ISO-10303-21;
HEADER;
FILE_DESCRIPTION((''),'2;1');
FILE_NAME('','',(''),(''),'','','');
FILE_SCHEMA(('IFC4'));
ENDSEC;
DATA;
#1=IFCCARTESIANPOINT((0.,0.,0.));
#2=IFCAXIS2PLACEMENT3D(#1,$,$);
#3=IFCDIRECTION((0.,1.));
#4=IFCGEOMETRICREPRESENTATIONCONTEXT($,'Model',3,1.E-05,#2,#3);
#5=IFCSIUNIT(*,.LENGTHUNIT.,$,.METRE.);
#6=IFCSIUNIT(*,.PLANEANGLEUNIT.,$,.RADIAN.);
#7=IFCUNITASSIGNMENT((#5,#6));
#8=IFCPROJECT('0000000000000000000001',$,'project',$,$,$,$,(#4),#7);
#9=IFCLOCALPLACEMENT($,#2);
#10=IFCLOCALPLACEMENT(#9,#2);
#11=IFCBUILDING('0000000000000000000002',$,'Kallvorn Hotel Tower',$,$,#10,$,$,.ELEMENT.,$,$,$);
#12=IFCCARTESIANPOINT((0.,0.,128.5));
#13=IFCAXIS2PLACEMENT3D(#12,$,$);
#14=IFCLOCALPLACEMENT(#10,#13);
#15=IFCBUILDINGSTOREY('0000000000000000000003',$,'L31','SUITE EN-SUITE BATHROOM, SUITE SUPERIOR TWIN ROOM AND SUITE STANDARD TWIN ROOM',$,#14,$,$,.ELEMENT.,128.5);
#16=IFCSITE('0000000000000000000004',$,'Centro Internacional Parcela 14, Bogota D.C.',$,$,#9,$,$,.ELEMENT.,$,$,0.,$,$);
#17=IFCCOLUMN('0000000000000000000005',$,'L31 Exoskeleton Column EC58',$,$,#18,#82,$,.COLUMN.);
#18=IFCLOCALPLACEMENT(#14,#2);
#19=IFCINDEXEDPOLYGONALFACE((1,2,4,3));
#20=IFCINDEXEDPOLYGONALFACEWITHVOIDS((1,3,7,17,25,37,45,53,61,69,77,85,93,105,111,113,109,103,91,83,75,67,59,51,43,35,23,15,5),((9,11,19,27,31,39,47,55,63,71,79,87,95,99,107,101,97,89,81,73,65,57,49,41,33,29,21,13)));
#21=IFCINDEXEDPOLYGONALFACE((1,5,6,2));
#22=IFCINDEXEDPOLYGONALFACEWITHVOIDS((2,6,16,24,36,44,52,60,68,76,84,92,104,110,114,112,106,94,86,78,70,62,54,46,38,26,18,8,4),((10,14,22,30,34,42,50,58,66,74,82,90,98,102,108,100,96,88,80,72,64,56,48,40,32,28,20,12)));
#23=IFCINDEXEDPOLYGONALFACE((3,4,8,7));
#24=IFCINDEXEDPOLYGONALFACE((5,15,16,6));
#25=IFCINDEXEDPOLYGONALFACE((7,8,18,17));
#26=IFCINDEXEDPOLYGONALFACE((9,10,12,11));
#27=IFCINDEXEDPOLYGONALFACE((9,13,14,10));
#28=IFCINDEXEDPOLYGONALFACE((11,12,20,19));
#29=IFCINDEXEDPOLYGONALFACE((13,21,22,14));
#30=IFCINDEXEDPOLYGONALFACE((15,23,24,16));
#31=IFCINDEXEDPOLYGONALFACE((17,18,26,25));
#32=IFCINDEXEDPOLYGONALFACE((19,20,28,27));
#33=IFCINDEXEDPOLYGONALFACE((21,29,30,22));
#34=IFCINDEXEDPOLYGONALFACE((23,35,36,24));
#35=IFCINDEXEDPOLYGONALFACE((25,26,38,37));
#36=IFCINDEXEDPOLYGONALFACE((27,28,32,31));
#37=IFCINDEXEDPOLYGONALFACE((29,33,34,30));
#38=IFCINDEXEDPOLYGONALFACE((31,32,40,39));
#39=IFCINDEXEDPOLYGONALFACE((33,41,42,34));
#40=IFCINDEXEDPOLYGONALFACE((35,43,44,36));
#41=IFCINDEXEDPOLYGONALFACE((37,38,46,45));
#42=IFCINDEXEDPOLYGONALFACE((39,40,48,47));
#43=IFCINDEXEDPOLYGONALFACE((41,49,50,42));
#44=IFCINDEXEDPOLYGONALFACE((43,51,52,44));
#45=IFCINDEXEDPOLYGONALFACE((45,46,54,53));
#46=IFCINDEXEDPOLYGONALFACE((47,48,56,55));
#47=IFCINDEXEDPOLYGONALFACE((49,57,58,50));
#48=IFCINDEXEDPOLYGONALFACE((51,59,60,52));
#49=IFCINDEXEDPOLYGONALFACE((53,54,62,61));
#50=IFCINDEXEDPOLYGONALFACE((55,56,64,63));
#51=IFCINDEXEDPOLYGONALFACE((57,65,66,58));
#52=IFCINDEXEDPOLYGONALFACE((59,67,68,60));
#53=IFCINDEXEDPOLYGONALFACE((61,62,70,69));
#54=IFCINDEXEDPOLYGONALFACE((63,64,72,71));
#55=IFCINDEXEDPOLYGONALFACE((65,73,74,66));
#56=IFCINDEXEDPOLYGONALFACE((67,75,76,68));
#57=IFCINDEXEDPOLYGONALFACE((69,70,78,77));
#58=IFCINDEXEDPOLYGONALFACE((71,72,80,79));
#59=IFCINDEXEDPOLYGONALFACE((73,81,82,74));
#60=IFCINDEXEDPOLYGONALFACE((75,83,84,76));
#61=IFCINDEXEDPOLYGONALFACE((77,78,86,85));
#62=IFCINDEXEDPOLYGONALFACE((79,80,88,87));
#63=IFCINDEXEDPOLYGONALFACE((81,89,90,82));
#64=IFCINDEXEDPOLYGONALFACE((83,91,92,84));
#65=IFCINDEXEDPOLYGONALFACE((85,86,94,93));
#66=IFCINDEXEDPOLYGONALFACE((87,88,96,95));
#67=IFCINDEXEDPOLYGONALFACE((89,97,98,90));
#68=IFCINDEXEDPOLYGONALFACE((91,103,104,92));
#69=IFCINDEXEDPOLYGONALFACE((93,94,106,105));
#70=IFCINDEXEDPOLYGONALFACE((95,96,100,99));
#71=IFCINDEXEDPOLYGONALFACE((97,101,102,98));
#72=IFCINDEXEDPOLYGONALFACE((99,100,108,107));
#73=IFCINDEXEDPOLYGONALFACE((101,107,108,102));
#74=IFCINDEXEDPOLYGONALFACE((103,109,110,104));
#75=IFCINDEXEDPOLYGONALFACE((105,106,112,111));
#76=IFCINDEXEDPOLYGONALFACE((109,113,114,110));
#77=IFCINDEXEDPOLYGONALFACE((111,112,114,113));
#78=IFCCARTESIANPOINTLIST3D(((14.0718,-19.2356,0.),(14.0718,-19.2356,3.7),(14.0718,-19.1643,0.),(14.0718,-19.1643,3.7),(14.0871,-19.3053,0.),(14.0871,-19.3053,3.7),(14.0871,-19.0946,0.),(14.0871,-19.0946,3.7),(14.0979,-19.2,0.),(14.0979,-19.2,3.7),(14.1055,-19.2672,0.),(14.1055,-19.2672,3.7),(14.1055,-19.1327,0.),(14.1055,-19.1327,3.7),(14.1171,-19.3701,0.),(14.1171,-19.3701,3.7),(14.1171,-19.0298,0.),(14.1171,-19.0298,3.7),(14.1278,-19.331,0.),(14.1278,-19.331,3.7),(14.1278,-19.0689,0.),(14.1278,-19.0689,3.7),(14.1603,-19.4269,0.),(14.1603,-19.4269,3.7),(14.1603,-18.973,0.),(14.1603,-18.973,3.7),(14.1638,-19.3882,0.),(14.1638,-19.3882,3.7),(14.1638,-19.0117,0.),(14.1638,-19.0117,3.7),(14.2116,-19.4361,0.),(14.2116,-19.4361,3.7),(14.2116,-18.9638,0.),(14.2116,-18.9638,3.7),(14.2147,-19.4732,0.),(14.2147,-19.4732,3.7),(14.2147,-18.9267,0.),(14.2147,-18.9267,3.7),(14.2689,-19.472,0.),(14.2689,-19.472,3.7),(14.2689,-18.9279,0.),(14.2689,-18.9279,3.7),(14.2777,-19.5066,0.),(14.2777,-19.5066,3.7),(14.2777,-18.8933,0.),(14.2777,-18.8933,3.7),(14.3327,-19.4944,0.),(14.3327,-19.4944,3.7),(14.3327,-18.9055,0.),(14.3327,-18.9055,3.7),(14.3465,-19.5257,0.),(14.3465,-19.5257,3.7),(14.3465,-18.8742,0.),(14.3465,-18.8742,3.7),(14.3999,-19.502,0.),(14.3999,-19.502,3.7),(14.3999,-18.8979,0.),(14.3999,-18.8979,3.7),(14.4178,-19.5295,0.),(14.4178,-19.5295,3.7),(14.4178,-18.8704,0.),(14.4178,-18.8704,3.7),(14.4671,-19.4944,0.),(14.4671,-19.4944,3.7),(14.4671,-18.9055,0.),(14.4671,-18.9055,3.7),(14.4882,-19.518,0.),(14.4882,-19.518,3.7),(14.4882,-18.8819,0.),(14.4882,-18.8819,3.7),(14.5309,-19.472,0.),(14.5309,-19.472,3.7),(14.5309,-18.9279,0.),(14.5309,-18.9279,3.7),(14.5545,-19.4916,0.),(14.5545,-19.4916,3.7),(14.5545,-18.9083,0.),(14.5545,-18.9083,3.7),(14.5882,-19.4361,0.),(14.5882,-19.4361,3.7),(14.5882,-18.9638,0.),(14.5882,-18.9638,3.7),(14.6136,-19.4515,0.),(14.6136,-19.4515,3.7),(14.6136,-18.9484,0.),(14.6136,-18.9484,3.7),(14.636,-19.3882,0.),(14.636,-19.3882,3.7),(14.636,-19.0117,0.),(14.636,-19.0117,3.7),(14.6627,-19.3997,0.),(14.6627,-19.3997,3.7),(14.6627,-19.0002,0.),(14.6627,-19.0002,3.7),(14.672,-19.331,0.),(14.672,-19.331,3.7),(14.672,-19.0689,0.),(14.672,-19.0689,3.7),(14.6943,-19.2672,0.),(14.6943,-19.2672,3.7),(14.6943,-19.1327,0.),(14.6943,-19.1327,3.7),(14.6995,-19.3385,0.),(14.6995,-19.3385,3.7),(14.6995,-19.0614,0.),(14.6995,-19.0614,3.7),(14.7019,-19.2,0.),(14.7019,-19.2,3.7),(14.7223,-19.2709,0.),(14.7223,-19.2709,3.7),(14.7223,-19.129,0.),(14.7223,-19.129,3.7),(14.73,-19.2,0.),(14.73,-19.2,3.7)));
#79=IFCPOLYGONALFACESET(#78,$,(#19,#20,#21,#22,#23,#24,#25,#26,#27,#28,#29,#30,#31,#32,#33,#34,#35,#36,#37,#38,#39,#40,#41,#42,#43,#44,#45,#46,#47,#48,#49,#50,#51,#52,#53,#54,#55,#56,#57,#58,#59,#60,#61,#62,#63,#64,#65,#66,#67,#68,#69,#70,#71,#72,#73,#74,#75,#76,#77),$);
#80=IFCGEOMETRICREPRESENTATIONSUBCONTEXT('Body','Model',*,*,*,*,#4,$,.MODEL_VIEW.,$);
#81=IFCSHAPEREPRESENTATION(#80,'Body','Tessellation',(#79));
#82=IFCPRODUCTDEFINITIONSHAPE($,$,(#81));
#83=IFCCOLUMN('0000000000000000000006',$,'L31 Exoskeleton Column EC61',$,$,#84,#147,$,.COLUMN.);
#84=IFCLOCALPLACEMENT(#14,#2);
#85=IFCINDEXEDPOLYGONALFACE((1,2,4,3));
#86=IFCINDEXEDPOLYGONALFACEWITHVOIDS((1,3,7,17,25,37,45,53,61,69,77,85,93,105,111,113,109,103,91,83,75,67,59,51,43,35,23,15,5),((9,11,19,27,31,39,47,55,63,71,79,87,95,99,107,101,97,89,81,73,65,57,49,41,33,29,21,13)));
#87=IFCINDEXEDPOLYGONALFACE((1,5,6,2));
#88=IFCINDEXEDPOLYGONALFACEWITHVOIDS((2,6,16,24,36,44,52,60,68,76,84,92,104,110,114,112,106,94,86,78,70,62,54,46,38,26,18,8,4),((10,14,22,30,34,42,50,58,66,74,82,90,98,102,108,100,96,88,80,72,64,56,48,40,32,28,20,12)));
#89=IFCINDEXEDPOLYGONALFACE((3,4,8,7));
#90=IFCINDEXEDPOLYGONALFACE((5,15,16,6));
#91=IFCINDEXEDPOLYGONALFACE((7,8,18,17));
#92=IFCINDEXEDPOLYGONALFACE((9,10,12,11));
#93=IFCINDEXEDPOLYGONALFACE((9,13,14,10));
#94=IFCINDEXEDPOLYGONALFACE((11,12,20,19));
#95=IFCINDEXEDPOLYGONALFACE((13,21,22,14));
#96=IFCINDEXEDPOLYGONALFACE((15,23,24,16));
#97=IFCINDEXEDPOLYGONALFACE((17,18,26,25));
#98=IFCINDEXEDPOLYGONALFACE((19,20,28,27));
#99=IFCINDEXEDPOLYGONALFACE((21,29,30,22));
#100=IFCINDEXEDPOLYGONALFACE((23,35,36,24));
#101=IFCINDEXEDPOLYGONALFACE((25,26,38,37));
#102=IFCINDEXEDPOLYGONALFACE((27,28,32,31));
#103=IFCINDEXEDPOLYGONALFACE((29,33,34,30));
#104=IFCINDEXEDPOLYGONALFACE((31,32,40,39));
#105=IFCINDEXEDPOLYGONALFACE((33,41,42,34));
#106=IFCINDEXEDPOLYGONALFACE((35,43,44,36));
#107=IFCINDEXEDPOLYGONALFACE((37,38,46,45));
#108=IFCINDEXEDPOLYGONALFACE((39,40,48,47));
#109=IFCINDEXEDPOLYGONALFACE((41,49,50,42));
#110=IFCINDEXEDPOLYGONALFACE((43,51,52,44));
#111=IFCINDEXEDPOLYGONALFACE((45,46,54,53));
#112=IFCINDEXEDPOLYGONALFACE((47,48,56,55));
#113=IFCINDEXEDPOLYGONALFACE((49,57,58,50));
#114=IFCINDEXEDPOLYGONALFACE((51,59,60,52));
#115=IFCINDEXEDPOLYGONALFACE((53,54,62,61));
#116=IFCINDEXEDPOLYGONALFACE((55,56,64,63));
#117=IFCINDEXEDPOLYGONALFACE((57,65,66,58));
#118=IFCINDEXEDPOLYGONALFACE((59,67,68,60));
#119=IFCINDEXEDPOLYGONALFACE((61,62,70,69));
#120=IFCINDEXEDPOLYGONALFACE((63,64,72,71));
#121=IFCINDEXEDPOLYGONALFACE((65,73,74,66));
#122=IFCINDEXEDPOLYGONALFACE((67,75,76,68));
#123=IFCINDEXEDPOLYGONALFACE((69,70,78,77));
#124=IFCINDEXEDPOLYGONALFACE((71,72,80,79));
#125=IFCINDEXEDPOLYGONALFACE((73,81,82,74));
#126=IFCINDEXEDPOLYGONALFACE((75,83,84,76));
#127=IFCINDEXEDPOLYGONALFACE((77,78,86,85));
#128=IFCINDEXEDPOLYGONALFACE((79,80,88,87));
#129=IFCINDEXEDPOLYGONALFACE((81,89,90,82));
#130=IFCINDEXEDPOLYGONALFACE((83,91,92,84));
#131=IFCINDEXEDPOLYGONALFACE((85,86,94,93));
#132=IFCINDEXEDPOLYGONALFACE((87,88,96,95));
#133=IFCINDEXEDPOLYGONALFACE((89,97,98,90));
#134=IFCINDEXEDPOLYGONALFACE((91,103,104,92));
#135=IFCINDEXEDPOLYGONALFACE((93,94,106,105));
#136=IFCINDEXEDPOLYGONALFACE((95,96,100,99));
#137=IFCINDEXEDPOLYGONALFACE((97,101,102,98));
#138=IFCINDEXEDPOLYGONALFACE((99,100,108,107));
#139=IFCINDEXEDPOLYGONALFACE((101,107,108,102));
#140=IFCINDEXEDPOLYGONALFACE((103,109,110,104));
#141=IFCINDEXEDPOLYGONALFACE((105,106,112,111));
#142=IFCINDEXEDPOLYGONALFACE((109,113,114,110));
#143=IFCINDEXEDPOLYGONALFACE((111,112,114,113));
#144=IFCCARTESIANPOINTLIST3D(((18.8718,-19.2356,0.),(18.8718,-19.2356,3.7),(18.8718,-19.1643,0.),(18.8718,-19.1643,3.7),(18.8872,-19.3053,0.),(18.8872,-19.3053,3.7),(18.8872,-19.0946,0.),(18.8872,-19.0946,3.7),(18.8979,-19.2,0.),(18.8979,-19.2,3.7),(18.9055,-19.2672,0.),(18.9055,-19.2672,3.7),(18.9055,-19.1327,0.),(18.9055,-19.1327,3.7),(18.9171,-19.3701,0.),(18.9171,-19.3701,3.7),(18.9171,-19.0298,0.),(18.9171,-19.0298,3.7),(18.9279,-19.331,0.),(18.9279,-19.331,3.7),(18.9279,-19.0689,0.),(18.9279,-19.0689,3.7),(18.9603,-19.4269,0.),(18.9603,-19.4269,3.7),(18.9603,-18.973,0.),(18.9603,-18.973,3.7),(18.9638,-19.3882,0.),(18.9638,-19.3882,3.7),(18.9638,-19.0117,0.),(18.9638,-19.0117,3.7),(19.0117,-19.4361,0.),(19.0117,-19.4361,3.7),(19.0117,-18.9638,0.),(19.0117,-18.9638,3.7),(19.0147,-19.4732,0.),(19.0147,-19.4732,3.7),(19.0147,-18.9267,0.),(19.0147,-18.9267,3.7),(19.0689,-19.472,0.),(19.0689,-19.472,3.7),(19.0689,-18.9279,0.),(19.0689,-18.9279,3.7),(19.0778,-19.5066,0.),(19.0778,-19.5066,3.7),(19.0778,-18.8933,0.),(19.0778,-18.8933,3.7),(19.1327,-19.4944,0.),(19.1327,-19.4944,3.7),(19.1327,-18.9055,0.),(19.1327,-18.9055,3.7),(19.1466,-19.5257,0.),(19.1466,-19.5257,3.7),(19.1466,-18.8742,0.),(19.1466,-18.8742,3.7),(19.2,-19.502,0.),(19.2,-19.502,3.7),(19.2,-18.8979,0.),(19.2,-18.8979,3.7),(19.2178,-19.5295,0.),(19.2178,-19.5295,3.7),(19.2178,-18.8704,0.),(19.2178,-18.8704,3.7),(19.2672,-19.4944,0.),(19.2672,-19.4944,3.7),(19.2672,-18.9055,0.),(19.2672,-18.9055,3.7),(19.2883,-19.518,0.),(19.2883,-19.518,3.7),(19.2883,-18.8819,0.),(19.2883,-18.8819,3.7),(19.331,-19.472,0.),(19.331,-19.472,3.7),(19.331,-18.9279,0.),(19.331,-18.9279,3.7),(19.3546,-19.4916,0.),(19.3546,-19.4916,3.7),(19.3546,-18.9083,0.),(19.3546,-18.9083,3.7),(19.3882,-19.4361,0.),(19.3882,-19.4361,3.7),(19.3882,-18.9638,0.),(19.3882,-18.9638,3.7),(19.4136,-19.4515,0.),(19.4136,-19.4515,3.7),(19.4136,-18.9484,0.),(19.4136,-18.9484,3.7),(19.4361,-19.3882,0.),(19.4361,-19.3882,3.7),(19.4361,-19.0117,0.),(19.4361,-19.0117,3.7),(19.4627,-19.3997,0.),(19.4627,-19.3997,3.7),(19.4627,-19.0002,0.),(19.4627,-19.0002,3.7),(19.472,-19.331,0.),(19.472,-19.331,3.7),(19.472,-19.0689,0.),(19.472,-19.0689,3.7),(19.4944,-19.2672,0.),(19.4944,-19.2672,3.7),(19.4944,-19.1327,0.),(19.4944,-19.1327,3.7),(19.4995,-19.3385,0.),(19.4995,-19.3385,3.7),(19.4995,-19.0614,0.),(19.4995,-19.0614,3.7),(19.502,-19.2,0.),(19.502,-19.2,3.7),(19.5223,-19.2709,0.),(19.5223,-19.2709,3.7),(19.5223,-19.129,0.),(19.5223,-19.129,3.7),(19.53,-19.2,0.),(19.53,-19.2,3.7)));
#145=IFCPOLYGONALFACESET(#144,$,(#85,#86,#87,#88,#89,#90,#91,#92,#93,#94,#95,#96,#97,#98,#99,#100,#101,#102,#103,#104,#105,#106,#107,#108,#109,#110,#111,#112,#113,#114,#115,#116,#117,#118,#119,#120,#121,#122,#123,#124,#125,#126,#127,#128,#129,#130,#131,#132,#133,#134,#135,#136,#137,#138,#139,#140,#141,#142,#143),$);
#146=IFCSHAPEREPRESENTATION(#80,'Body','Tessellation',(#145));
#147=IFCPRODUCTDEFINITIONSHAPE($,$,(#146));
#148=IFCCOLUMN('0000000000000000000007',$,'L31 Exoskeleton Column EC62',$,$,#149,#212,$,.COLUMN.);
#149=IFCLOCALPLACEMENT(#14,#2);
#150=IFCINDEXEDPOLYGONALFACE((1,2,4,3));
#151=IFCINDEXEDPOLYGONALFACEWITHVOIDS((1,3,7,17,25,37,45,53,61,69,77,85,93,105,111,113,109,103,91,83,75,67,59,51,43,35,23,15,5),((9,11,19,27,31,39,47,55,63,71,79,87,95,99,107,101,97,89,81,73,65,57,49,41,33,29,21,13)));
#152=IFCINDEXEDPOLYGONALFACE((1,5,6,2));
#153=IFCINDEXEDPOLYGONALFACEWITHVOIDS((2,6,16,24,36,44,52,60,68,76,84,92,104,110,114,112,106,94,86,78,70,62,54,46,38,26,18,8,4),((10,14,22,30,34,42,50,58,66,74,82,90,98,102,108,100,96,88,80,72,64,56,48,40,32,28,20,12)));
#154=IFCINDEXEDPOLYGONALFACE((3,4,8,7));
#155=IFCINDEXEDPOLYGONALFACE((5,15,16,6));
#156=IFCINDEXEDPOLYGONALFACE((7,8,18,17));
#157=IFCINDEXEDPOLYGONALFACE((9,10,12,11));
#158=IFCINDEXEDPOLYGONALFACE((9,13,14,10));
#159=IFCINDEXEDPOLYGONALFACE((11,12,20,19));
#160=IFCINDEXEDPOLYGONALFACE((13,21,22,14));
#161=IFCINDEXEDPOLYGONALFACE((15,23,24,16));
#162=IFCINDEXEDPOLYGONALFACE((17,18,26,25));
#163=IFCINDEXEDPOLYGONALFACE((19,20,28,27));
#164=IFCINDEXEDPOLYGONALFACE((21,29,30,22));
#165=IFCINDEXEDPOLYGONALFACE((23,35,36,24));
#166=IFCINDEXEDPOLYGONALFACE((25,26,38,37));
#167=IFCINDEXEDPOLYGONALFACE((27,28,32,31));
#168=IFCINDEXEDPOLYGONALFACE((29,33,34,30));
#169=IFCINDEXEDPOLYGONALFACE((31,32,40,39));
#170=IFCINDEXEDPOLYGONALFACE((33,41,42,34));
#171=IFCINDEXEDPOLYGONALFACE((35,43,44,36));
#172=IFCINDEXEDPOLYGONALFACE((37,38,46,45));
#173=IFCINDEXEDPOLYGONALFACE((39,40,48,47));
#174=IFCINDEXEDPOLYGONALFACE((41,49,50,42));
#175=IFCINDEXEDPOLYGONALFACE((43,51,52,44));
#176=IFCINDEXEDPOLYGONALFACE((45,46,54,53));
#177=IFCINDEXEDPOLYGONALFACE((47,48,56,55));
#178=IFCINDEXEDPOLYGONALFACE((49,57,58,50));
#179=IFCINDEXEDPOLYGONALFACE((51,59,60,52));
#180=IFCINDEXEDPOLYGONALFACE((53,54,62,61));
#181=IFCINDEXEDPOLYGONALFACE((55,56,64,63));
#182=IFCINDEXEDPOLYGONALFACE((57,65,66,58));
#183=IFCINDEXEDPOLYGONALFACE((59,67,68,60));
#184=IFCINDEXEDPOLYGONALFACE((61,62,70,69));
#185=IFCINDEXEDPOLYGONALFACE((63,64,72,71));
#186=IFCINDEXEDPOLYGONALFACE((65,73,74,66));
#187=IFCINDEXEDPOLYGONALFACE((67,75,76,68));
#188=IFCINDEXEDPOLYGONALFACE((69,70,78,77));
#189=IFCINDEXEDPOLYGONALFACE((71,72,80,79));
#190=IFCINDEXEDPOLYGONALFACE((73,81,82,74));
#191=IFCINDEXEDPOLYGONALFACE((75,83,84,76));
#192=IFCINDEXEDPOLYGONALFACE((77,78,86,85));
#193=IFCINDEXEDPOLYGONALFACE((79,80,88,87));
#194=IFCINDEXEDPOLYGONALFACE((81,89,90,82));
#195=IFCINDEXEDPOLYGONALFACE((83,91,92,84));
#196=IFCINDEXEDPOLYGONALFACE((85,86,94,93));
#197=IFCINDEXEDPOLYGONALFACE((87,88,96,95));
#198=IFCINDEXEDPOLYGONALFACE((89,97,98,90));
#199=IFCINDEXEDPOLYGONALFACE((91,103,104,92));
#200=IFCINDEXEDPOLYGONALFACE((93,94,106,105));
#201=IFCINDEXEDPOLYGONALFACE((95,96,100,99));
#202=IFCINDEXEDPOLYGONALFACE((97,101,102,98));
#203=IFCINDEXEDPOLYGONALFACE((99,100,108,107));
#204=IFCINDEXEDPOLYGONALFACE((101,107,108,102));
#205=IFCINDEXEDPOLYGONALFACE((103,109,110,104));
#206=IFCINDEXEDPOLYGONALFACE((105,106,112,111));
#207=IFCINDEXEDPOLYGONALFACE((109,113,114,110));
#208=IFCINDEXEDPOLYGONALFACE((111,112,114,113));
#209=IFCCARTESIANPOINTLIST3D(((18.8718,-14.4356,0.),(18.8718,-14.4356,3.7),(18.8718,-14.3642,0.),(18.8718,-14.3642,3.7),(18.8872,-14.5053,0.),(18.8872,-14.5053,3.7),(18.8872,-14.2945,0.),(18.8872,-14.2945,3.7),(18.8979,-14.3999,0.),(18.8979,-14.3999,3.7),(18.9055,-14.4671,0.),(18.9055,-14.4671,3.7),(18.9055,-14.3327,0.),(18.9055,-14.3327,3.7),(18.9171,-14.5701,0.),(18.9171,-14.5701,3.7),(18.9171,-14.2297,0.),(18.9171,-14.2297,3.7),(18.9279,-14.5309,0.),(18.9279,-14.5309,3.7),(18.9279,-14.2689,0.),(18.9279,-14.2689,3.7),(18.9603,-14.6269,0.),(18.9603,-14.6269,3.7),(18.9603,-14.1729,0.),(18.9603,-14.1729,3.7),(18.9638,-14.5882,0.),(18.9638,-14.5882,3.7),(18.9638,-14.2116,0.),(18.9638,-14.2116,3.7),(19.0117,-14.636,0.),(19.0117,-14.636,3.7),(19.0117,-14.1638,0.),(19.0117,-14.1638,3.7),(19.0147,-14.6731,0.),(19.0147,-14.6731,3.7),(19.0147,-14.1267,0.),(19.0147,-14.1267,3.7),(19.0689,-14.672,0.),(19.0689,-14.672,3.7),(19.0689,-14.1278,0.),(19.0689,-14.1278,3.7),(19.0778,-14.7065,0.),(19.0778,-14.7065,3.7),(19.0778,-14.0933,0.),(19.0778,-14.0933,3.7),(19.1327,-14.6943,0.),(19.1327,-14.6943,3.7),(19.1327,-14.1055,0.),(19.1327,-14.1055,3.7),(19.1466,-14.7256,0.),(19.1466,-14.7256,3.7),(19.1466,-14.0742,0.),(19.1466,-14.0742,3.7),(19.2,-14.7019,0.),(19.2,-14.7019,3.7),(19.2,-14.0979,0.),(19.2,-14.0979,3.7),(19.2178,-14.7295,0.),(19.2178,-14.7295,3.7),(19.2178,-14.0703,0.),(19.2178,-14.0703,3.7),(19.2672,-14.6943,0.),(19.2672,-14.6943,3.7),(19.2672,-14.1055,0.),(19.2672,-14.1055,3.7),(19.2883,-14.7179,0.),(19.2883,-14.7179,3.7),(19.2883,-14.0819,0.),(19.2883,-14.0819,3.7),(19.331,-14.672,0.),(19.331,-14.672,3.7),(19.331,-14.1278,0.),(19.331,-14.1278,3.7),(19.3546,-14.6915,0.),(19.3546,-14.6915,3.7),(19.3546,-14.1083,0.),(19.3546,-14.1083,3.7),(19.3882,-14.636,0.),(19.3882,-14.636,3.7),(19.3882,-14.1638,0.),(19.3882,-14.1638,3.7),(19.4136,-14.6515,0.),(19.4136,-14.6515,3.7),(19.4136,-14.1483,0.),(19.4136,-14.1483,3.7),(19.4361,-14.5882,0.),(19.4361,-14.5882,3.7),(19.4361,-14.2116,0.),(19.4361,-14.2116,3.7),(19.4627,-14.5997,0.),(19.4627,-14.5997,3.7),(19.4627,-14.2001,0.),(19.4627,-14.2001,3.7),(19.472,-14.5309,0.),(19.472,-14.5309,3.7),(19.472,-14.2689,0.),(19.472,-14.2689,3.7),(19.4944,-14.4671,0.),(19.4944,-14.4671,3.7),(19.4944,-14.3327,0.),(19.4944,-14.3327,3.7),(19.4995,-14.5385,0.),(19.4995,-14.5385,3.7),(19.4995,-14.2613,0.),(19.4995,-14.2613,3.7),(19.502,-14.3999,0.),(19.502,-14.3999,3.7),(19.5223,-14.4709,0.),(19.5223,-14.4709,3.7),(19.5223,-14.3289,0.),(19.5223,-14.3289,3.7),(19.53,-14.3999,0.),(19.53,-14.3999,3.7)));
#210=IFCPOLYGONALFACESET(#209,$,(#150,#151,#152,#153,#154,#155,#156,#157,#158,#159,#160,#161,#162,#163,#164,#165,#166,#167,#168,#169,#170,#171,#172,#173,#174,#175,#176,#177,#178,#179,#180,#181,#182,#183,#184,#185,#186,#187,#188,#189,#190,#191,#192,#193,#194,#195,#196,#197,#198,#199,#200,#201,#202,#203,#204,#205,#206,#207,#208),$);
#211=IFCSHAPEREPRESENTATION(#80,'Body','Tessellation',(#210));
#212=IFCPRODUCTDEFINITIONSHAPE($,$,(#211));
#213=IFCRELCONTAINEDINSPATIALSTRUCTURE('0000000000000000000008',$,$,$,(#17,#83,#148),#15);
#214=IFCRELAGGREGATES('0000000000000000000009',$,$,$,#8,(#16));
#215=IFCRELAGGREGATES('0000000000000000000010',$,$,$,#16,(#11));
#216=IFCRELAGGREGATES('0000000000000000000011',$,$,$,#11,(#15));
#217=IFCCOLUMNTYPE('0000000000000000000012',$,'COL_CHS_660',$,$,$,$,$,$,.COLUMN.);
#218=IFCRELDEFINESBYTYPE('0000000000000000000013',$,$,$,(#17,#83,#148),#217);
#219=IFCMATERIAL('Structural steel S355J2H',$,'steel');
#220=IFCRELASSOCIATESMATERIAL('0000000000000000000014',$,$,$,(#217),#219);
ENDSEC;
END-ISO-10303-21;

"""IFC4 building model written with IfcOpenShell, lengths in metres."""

from ifc_helpers import new_model, si_unit, direction, frame, origin, origin_2d, place, context, subcontext, project, spatial, hollow_circle, extrude, material, material_profile, profile_set, type_object, element, save


model = new_model("IFC4")

# Units and contexts
model_context = context("Model", 3, precision=1e-05, world=origin(), true_north=direction((0.0, 1.0)))
body_context = subcontext(model_context, "Body", "Model", "MODEL_VIEW")
ifc_project = project(units=[si_unit("LENGTHUNIT", "METRE"), si_unit("PLANEANGLEUNIT", "RADIAN")], contexts=[model_context])

# Site, building, storey
site_placement = place(None, origin())
site = spatial("IfcSite", under=ifc_project, at=site_placement, Name="Centro Internacional Parcela 14, Bogota D.C.", CompositionType="ELEMENT", RefElevation=0.0)
building_placement = place(site_placement, origin())
building = spatial("IfcBuilding", under=site, at=building_placement, Name="Kallvorn Hotel Tower", CompositionType="ELEMENT")
storey_placement = place(building_placement, frame((0.0, 0.0, 128.5)))
storey = spatial("IfcBuildingStorey", under=building, at=storey_placement, Name="L31", Description="SUITE EN-SUITE BATHROOM, SUITE SUPERIOR TWIN ROOM AND SUITE STANDARD TWIN ROOM", CompositionType="ELEMENT", Elevation=128.5)

# Columns
ifc_material_1 = material(Name="Structural steel S355J2H", Category="steel")
ifc_material_profile_1 = material_profile(ifc_material_1, hollow_circle(Radius=0.3301, WallThickness=0.0281, at=origin_2d()), Name="CHS 660x28")
ifc_profile_set_1 = profile_set([ifc_material_profile_1], Name="Structural steel S355J2H")
column_type_1 = type_object("IfcColumnType", Name="COL_CHS_660", PredefinedType="COLUMN", material=ifc_profile_set_1)
for number, where, z_axis, x_axis, name in (
    (1, (14.3999, -19.2, 0.0), (0.0, 0.0, 1.0), (1.0, 0.0, 0.0), "L31 Exoskeleton Column EC58"),
    (2, (19.2, -19.2, 0.0), (0.0, 0.0, 1.0), (1.0, 0.0, 0.0), "L31 Exoskeleton Column EC61"),
    (3, (19.2, -14.3999, 0.0), (0.0, 0.0, 1.0), (1.0, 0.0, 0.0), "L31 Exoskeleton Column EC62"),
):
    element("IfcColumn", number, at=place(storey_placement, frame(where, z_axis=z_axis, x_axis=x_axis)), inside=storey, type_object=column_type_1, Name=name, PredefinedType="COLUMN", context=body_context, shape_type="SweptSolid", body=[
        extrude(hollow_circle(Radius=0.3301, WallThickness=0.0281, at=origin_2d()), origin(), (0.0, 0.0, 1.0), 3.7),
    ])

save(model, "model.ifc")
